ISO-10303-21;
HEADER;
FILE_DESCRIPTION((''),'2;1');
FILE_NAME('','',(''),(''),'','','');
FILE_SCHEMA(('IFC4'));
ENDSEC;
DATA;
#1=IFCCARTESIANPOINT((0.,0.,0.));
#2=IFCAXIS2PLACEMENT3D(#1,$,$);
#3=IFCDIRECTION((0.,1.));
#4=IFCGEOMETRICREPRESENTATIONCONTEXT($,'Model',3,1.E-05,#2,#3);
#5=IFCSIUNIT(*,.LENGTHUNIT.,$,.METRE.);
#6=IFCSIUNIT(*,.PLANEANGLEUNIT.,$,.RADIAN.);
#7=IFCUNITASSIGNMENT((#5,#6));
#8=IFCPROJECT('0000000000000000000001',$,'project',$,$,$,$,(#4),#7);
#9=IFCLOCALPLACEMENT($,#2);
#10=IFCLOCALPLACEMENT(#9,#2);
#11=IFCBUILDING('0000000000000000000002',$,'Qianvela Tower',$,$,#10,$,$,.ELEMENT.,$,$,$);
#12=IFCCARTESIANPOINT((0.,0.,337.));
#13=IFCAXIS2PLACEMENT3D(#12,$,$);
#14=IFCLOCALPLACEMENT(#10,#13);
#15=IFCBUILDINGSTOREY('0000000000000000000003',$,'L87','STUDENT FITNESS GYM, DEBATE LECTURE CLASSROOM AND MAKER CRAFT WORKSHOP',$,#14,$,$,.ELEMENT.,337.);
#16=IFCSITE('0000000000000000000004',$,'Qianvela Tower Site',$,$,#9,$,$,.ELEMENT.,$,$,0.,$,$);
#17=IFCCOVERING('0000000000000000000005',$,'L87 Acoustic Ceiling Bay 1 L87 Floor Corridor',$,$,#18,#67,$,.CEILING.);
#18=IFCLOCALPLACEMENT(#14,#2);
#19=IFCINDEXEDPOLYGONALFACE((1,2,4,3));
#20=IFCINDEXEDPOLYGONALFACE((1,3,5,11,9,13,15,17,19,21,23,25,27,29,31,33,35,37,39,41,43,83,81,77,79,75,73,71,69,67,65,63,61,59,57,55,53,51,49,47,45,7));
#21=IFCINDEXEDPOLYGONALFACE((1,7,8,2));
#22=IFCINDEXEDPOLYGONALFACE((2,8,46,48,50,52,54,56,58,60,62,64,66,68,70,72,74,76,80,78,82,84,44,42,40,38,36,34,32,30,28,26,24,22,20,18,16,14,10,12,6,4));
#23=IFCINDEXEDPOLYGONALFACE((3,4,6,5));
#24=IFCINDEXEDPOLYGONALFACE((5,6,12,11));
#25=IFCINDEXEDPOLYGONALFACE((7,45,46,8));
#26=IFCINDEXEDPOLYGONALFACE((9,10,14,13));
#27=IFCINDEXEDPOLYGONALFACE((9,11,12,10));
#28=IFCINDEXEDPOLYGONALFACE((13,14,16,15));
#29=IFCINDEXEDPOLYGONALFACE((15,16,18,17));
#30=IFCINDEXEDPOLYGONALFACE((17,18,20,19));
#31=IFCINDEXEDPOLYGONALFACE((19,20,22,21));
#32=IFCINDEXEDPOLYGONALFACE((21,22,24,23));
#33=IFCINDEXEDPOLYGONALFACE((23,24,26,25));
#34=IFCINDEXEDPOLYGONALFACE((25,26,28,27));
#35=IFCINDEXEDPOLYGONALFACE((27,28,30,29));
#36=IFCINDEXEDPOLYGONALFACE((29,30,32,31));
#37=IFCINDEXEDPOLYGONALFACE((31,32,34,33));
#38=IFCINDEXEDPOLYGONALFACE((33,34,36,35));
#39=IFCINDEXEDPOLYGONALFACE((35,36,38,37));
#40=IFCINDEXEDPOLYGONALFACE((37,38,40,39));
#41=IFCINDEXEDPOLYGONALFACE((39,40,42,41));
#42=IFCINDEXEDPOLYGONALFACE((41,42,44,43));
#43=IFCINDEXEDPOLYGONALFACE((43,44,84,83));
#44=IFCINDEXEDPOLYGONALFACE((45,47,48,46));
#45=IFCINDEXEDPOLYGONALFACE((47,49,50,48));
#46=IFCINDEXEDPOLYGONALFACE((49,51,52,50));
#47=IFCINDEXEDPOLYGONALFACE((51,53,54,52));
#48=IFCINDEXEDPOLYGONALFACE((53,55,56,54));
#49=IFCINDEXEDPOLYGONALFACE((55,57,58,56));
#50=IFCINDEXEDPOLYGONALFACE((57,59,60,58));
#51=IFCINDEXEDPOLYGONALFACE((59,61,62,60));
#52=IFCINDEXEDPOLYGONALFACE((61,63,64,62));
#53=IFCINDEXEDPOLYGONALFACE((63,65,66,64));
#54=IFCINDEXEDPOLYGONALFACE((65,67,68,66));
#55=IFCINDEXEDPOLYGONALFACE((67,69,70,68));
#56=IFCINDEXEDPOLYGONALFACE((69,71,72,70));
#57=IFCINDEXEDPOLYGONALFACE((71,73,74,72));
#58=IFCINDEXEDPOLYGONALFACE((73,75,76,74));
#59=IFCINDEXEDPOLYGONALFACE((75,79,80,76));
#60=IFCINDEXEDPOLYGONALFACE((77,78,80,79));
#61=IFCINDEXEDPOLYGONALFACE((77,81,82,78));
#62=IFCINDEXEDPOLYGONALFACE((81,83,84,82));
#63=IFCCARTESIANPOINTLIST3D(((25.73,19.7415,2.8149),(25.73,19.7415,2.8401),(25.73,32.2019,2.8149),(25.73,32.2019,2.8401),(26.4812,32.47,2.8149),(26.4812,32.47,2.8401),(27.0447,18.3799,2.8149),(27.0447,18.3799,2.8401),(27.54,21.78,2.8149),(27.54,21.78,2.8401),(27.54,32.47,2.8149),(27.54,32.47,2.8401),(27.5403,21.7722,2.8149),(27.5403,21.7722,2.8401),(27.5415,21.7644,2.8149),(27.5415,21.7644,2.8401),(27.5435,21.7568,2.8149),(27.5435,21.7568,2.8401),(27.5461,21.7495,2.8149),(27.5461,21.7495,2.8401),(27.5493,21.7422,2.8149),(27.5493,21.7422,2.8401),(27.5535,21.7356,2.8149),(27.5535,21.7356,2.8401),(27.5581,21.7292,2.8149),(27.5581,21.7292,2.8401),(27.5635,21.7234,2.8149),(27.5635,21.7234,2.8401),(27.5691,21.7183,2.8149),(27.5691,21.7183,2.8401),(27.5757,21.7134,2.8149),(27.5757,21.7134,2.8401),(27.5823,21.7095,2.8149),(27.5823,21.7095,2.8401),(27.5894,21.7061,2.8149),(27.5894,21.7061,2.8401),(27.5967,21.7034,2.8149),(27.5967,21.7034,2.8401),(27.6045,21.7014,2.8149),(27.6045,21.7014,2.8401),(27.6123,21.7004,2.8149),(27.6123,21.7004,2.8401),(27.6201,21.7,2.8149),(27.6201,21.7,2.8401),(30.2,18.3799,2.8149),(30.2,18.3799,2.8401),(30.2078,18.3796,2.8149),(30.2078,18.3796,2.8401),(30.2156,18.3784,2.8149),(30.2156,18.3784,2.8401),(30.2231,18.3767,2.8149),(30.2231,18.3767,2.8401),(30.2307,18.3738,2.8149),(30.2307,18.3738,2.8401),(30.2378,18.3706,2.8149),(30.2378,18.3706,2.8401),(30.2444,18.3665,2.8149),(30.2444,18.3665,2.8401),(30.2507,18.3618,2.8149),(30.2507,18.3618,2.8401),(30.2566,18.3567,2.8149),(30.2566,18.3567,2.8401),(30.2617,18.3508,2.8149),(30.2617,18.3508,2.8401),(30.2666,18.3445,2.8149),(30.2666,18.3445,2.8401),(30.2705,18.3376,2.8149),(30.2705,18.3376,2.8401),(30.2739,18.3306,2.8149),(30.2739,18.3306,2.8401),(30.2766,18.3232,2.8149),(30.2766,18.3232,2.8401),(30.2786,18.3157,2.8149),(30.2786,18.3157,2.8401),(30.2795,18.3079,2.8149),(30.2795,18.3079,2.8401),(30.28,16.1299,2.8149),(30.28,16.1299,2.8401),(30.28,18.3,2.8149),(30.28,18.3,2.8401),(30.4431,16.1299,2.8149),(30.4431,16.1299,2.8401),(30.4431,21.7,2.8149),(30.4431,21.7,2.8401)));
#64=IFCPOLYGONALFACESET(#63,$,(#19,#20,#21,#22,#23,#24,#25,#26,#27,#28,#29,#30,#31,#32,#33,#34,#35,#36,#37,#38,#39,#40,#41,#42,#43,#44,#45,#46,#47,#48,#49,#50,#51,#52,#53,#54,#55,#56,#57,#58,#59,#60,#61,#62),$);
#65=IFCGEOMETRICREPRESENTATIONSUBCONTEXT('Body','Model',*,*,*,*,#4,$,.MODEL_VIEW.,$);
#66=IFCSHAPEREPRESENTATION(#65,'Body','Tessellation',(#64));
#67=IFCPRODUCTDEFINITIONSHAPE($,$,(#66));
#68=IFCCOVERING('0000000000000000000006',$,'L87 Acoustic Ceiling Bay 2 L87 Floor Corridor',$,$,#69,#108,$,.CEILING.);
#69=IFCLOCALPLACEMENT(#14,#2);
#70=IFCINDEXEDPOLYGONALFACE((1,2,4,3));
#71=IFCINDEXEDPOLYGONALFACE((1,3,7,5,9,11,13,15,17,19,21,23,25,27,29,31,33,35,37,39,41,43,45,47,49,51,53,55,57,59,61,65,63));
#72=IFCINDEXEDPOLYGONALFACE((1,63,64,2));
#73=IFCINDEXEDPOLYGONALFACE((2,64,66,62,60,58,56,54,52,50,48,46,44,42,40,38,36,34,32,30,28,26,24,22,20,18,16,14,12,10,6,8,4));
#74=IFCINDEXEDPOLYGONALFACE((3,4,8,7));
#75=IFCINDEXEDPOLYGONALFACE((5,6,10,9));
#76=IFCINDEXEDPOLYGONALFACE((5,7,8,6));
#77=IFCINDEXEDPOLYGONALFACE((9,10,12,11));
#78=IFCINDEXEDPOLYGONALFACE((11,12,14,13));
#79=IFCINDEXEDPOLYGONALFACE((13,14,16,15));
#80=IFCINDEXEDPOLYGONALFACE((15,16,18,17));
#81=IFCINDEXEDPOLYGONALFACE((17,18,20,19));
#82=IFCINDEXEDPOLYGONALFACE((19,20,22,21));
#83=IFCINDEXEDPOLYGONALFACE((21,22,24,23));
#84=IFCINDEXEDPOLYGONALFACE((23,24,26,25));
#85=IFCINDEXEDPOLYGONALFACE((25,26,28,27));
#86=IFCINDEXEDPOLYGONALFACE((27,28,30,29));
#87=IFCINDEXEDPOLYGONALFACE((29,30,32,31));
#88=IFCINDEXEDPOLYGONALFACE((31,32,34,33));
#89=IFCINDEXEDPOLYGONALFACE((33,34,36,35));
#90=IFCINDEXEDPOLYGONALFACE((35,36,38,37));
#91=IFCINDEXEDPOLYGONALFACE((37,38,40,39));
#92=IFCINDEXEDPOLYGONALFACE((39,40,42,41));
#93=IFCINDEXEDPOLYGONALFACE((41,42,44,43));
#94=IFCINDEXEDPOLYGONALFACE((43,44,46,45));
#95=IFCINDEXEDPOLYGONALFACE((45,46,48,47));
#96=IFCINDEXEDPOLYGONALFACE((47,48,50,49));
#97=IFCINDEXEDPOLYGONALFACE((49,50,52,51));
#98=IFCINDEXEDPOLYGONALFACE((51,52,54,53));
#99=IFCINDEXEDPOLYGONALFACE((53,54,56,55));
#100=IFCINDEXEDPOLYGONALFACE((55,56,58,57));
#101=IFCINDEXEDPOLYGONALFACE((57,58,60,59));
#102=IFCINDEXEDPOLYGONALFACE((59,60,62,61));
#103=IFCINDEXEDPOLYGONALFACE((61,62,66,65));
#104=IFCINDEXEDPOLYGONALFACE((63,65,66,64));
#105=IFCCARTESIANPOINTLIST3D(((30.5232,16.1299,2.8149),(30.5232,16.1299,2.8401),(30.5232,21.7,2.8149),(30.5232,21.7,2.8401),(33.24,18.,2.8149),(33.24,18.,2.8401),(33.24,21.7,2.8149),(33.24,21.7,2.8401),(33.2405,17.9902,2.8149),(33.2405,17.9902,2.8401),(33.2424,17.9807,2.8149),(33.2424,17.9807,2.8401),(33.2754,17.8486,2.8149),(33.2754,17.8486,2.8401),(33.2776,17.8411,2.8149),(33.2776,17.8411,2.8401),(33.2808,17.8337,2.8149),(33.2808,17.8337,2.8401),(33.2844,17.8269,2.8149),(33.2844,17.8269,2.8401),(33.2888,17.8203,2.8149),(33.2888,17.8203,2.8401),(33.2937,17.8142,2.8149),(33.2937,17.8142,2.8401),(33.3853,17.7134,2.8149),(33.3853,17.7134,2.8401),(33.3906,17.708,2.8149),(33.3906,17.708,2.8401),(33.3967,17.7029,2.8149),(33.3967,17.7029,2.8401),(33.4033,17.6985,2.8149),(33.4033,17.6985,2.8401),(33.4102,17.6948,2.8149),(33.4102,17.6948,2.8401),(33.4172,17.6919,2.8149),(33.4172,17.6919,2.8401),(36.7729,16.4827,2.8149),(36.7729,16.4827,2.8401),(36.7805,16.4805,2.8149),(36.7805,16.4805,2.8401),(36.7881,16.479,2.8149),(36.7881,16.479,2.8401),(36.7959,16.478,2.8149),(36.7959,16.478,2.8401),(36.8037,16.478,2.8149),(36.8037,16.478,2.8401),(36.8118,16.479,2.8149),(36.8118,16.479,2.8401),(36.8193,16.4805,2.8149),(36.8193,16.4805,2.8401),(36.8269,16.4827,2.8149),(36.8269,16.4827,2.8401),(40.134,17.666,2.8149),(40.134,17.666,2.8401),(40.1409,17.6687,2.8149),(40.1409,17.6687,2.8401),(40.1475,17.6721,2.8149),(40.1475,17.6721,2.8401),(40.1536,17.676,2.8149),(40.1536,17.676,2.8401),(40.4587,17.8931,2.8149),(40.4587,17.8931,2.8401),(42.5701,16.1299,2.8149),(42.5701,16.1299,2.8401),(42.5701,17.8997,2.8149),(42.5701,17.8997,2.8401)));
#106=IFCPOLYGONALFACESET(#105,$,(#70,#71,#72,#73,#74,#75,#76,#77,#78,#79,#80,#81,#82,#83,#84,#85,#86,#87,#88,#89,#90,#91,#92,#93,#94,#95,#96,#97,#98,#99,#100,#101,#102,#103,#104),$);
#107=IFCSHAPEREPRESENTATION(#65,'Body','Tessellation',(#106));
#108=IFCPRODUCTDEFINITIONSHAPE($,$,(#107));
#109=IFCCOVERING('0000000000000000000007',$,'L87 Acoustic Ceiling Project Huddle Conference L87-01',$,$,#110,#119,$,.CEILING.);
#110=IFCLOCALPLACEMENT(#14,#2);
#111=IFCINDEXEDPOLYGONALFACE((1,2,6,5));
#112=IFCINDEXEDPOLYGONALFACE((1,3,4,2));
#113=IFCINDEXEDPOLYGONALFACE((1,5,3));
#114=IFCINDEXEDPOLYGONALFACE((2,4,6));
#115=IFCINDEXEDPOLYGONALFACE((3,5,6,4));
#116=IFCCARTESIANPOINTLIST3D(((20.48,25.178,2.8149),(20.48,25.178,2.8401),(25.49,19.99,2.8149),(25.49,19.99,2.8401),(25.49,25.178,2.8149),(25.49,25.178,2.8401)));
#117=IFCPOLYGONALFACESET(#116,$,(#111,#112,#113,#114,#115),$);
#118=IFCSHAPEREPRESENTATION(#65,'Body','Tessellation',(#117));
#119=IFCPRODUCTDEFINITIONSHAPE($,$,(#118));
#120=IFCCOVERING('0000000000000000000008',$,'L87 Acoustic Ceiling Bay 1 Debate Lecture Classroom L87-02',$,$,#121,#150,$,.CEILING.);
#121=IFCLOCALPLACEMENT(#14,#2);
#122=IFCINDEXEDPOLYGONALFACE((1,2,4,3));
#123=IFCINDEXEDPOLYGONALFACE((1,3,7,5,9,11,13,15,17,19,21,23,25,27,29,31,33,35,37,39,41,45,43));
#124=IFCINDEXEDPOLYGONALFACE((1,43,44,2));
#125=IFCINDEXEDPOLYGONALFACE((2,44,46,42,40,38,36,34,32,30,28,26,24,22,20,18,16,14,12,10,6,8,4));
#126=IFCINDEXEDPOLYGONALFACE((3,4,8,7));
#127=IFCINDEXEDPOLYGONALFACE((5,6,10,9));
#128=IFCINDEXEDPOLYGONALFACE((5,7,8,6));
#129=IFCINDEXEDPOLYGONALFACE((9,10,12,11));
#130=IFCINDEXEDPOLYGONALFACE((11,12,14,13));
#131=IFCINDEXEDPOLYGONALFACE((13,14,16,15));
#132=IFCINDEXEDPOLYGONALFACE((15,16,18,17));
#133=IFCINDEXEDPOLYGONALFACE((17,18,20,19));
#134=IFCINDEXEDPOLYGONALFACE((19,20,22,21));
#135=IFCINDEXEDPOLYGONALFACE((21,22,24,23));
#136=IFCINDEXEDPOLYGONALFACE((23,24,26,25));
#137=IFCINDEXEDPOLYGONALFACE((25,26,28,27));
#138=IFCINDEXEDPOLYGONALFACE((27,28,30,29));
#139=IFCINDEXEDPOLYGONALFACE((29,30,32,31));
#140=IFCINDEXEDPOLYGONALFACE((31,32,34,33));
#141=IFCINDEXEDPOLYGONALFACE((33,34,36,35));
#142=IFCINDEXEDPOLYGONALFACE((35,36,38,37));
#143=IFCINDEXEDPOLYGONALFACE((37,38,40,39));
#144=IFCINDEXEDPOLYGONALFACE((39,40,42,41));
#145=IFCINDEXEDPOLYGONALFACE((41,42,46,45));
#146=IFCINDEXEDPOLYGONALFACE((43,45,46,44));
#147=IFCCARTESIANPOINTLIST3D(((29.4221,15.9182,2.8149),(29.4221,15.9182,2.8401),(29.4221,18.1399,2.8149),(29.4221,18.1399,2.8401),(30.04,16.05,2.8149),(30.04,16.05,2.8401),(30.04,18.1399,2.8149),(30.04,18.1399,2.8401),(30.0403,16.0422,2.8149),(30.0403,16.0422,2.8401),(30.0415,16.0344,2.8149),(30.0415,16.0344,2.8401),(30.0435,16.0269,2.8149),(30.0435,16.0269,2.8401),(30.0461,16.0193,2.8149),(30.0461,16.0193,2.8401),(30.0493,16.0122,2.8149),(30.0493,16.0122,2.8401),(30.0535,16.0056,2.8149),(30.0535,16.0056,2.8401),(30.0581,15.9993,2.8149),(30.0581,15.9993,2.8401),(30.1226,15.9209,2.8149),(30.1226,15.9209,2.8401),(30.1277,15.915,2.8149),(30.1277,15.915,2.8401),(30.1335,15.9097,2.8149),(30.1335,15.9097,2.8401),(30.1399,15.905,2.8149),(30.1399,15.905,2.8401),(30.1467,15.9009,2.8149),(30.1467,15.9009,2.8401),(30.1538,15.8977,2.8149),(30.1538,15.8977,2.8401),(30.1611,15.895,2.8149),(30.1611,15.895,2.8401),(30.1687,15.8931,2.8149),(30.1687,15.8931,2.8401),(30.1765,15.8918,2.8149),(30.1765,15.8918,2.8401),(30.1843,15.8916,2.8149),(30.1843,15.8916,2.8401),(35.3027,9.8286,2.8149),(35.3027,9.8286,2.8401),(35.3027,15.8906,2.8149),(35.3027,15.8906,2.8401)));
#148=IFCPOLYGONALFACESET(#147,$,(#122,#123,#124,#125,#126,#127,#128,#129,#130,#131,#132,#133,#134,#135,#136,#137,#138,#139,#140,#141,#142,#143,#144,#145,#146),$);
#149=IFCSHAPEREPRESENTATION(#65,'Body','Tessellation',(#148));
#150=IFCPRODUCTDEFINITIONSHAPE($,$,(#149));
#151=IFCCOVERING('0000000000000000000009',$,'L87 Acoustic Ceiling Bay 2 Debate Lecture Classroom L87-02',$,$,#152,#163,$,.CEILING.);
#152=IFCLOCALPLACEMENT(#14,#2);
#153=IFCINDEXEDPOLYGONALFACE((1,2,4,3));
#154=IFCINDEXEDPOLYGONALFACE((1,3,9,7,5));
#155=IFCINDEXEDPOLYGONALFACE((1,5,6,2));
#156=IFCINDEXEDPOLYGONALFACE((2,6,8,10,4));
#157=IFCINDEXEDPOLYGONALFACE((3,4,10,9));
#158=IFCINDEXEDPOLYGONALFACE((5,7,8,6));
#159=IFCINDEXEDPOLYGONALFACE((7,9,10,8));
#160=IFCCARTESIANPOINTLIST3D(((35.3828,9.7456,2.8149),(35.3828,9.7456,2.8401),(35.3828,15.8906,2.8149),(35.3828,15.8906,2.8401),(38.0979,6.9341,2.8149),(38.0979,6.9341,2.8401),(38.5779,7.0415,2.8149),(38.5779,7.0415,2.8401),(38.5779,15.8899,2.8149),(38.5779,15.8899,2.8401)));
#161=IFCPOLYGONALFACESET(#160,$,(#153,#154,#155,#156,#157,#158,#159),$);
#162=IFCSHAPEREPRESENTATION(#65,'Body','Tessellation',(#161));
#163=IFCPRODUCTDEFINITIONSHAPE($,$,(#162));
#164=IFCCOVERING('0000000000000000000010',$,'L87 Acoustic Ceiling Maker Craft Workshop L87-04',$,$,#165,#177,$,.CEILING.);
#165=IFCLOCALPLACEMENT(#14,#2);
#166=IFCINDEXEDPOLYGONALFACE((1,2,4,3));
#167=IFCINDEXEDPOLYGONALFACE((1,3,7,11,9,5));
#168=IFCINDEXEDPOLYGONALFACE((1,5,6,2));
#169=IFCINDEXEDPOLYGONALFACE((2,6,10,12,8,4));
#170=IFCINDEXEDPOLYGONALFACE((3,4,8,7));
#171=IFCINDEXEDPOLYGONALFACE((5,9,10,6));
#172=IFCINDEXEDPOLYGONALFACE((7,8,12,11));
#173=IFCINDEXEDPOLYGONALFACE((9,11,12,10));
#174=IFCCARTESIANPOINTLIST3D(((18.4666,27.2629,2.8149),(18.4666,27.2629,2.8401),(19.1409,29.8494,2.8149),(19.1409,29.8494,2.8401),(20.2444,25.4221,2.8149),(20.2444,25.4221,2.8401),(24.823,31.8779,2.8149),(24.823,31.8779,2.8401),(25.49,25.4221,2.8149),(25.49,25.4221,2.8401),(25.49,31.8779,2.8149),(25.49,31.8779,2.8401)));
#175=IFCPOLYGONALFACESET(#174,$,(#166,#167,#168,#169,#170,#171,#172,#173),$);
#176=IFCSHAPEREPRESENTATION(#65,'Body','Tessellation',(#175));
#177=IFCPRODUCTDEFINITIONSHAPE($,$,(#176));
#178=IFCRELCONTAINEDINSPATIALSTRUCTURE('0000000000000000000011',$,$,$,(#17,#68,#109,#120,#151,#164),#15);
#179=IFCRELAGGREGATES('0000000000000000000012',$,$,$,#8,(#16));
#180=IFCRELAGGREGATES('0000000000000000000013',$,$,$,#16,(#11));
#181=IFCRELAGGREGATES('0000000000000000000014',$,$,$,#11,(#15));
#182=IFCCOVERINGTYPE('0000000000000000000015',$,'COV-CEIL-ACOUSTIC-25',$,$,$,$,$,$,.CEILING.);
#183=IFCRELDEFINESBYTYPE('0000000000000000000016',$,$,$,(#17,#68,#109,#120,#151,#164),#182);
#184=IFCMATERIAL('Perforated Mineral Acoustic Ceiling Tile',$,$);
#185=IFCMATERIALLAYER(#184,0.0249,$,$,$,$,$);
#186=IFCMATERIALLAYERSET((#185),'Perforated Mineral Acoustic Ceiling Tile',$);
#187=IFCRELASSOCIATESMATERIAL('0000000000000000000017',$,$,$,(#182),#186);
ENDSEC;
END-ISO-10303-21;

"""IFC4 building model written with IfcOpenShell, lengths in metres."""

from ifc_helpers import new_model, si_unit, direction, frame, origin, place, context, subcontext, project, spatial, polyline, outline, extrude, material, layer, layer_set, type_object, element, save


model = new_model("IFC4")

# Units and contexts
model_context = context("Model", 3, precision=1e-05, world=origin(), true_north=direction((0.0, 1.0)))
body_context = subcontext(model_context, "Body", "Model", "MODEL_VIEW")
ifc_project = project(units=[si_unit("LENGTHUNIT", "METRE"), si_unit("PLANEANGLEUNIT", "RADIAN")], contexts=[model_context])

# Site, building, storey
site_placement = place(None, origin())
site = spatial("IfcSite", under=ifc_project, at=site_placement, Name="Qianvela Tower Site", CompositionType="ELEMENT", RefElevation=0.0)
building_placement = place(site_placement, origin())
building = spatial("IfcBuilding", under=site, at=building_placement, Name="Qianvela Tower", CompositionType="ELEMENT")
storey_placement = place(building_placement, frame((0.0, 0.0, 337.0)))
storey = spatial("IfcBuildingStorey", under=building, at=storey_placement, Name="L87", Description="STUDENT FITNESS GYM, DEBATE LECTURE CLASSROOM AND MAKER CRAFT WORKSHOP", CompositionType="ELEMENT", Elevation=337.0)

# Coverings
ifc_material_1 = material(Name="Perforated Mineral Acoustic Ceiling Tile")
ifc_layer_1 = layer(ifc_material_1, 0.0249)
ifc_layer_set_1 = layer_set([ifc_layer_1], Name="Perforated Mineral Acoustic Ceiling Tile")
covering_type_1 = type_object("IfcCoveringType", Name="COV-CEIL-ACOUSTIC-25", PredefinedType="CEILING", material=ifc_layer_set_1)
covering_1_placement = place(storey_placement, frame((0.0, 0.0, 2.8149)))
element("IfcCovering", 1, at=covering_1_placement, inside=storey, type_object=covering_type_1, Name="L87 Acoustic Ceiling Bay 1 L87 Floor Corridor", PredefinedType="CEILING", context=body_context, shape_type="SweptSolid", body=[
    extrude(outline(polyline([(27.5403, 21.7722), (27.5415, 21.7644), (27.5435, 21.7568), (27.5461, 21.7495), (27.5493, 21.7422), (27.5535, 21.7356), (27.5581, 21.7292), (27.5635, 21.7234), (27.5691, 21.7183), (27.5757, 21.7134), (27.5823, 21.7095), (27.5894, 21.7061), (27.5967, 21.7034), (27.6045, 21.7014), (27.6123, 21.7004), (27.6201, 21.7), (30.4431, 21.7), (30.4431, 16.1299), (30.28, 16.1299), (30.28, 18.3), (30.2795, 18.3079), (30.2786, 18.3157), (30.2766, 18.3232), (30.2739, 18.3306), (30.2705, 18.3376), (30.2666, 18.3445), (30.2617, 18.3508), (30.2566, 18.3567), (30.2507, 18.3618), (30.2444, 18.3665), (30.2378, 18.3706), (30.2307, 18.3738), (30.2231, 18.3767), (30.2156, 18.3784), (30.2078, 18.3796), (30.2, 18.3799), (27.0447, 18.3799), (25.73, 19.7415), (25.73, 32.2019), (26.4812, 32.47), (27.54, 32.47), (27.54, 21.78), (27.5403, 21.7722)])), origin(), (0.0, 0.0, 1.0), 0.0251),
])
covering_2_placement = place(storey_placement, frame((0.0, 0.0, 2.8149)))
element("IfcCovering", 2, at=covering_2_placement, inside=storey, type_object=covering_type_1, Name="L87 Acoustic Ceiling Bay 2 L87 Floor Corridor", PredefinedType="CEILING", context=body_context, shape_type="SweptSolid", body=[
    extrude(outline(polyline([(33.24, 21.7), (33.24, 18.0), (33.2405, 17.9902), (33.2424, 17.9807), (33.2754, 17.8486), (33.2776, 17.8411), (33.2808, 17.8337), (33.2844, 17.8269), (33.2888, 17.8203), (33.2937, 17.8142), (33.3853, 17.7134), (33.3906, 17.708), (33.3967, 17.7029), (33.4033, 17.6985), (33.4102, 17.6948), (33.4172, 17.6919), (36.7729, 16.4827), (36.7805, 16.4805), (36.7881, 16.479), (36.7959, 16.478), (36.8037, 16.478), (36.8118, 16.479), (36.8193, 16.4805), (36.8269, 16.4827), (40.134, 17.666), (40.1409, 17.6687), (40.1475, 17.6721), (40.1536, 17.676), (40.4587, 17.8931), (42.5701, 17.8997), (42.5701, 16.1299), (30.5232, 16.1299), (30.5232, 21.7), (33.24, 21.7)])), origin(), (0.0, 0.0, 1.0), 0.0251),
])
covering_3_placement = place(storey_placement, frame((0.0, 0.0, 2.8149)))
element("IfcCovering", 3, at=covering_3_placement, inside=storey, type_object=covering_type_1, Name="L87 Acoustic Ceiling Project Huddle Conference L87-01", PredefinedType="CEILING", context=body_context, shape_type="SweptSolid", body=[
    extrude(outline(polyline([(20.48, 25.178), (25.49, 25.178), (25.49, 19.99), (20.48, 25.178)])), origin(), (0.0, 0.0, 1.0), 0.0251),
])
covering_4_placement = place(storey_placement, frame((0.0, 0.0, 2.8149)))
element("IfcCovering", 4, at=covering_4_placement, inside=storey, type_object=covering_type_1, Name="L87 Acoustic Ceiling Bay 1 Debate Lecture Classroom L87-02", PredefinedType="CEILING", context=body_context, shape_type="SweptSolid", body=[
    extrude(outline(polyline([(29.4221, 18.1399), (30.04, 18.1399), (30.04, 16.05), (30.0403, 16.0422), (30.0415, 16.0344), (30.0435, 16.0269), (30.0461, 16.0193), (30.0493, 16.0122), (30.0535, 16.0056), (30.0581, 15.9993), (30.1226, 15.9209), (30.1277, 15.915), (30.1335, 15.9097), (30.1399, 15.905), (30.1467, 15.9009), (30.1538, 15.8977), (30.1611, 15.895), (30.1687, 15.8931), (30.1765, 15.8918), (30.1843, 15.8916), (35.3027, 15.8906), (35.3027, 9.8286), (29.4221, 15.9182), (29.4221, 18.1399)])), origin(), (0.0, 0.0, 1.0), 0.0251),
])
covering_5_placement = place(storey_placement, frame((0.0, 0.0, 2.8149)))
element("IfcCovering", 5, at=covering_5_placement, inside=storey, type_object=covering_type_1, Name="L87 Acoustic Ceiling Bay 2 Debate Lecture Classroom L87-02", PredefinedType="CEILING", context=body_context, shape_type="SweptSolid", body=[
    extrude(outline(polyline([(38.5779, 15.8899), (38.5779, 7.0415), (38.0979, 6.9341), (35.3828, 9.7456), (35.3828, 15.8906), (38.5779, 15.8899)])), origin(), (0.0, 0.0, 1.0), 0.0251),
])
covering_6_placement = place(storey_placement, frame((0.0, 0.0, 2.8149)))
element("IfcCovering", 6, at=covering_6_placement, inside=storey, type_object=covering_type_1, Name="L87 Acoustic Ceiling Maker Craft Workshop L87-04", PredefinedType="CEILING", context=body_context, shape_type="SweptSolid", body=[
    extrude(outline(polyline([(24.823, 31.8779), (25.49, 31.8779), (25.49, 25.4221), (20.2444, 25.4221), (18.4666, 27.2629), (19.1409, 29.8494), (24.823, 31.8779)])), origin(), (0.0, 0.0, 1.0), 0.0251),
])

save(model, "model.ifc")
